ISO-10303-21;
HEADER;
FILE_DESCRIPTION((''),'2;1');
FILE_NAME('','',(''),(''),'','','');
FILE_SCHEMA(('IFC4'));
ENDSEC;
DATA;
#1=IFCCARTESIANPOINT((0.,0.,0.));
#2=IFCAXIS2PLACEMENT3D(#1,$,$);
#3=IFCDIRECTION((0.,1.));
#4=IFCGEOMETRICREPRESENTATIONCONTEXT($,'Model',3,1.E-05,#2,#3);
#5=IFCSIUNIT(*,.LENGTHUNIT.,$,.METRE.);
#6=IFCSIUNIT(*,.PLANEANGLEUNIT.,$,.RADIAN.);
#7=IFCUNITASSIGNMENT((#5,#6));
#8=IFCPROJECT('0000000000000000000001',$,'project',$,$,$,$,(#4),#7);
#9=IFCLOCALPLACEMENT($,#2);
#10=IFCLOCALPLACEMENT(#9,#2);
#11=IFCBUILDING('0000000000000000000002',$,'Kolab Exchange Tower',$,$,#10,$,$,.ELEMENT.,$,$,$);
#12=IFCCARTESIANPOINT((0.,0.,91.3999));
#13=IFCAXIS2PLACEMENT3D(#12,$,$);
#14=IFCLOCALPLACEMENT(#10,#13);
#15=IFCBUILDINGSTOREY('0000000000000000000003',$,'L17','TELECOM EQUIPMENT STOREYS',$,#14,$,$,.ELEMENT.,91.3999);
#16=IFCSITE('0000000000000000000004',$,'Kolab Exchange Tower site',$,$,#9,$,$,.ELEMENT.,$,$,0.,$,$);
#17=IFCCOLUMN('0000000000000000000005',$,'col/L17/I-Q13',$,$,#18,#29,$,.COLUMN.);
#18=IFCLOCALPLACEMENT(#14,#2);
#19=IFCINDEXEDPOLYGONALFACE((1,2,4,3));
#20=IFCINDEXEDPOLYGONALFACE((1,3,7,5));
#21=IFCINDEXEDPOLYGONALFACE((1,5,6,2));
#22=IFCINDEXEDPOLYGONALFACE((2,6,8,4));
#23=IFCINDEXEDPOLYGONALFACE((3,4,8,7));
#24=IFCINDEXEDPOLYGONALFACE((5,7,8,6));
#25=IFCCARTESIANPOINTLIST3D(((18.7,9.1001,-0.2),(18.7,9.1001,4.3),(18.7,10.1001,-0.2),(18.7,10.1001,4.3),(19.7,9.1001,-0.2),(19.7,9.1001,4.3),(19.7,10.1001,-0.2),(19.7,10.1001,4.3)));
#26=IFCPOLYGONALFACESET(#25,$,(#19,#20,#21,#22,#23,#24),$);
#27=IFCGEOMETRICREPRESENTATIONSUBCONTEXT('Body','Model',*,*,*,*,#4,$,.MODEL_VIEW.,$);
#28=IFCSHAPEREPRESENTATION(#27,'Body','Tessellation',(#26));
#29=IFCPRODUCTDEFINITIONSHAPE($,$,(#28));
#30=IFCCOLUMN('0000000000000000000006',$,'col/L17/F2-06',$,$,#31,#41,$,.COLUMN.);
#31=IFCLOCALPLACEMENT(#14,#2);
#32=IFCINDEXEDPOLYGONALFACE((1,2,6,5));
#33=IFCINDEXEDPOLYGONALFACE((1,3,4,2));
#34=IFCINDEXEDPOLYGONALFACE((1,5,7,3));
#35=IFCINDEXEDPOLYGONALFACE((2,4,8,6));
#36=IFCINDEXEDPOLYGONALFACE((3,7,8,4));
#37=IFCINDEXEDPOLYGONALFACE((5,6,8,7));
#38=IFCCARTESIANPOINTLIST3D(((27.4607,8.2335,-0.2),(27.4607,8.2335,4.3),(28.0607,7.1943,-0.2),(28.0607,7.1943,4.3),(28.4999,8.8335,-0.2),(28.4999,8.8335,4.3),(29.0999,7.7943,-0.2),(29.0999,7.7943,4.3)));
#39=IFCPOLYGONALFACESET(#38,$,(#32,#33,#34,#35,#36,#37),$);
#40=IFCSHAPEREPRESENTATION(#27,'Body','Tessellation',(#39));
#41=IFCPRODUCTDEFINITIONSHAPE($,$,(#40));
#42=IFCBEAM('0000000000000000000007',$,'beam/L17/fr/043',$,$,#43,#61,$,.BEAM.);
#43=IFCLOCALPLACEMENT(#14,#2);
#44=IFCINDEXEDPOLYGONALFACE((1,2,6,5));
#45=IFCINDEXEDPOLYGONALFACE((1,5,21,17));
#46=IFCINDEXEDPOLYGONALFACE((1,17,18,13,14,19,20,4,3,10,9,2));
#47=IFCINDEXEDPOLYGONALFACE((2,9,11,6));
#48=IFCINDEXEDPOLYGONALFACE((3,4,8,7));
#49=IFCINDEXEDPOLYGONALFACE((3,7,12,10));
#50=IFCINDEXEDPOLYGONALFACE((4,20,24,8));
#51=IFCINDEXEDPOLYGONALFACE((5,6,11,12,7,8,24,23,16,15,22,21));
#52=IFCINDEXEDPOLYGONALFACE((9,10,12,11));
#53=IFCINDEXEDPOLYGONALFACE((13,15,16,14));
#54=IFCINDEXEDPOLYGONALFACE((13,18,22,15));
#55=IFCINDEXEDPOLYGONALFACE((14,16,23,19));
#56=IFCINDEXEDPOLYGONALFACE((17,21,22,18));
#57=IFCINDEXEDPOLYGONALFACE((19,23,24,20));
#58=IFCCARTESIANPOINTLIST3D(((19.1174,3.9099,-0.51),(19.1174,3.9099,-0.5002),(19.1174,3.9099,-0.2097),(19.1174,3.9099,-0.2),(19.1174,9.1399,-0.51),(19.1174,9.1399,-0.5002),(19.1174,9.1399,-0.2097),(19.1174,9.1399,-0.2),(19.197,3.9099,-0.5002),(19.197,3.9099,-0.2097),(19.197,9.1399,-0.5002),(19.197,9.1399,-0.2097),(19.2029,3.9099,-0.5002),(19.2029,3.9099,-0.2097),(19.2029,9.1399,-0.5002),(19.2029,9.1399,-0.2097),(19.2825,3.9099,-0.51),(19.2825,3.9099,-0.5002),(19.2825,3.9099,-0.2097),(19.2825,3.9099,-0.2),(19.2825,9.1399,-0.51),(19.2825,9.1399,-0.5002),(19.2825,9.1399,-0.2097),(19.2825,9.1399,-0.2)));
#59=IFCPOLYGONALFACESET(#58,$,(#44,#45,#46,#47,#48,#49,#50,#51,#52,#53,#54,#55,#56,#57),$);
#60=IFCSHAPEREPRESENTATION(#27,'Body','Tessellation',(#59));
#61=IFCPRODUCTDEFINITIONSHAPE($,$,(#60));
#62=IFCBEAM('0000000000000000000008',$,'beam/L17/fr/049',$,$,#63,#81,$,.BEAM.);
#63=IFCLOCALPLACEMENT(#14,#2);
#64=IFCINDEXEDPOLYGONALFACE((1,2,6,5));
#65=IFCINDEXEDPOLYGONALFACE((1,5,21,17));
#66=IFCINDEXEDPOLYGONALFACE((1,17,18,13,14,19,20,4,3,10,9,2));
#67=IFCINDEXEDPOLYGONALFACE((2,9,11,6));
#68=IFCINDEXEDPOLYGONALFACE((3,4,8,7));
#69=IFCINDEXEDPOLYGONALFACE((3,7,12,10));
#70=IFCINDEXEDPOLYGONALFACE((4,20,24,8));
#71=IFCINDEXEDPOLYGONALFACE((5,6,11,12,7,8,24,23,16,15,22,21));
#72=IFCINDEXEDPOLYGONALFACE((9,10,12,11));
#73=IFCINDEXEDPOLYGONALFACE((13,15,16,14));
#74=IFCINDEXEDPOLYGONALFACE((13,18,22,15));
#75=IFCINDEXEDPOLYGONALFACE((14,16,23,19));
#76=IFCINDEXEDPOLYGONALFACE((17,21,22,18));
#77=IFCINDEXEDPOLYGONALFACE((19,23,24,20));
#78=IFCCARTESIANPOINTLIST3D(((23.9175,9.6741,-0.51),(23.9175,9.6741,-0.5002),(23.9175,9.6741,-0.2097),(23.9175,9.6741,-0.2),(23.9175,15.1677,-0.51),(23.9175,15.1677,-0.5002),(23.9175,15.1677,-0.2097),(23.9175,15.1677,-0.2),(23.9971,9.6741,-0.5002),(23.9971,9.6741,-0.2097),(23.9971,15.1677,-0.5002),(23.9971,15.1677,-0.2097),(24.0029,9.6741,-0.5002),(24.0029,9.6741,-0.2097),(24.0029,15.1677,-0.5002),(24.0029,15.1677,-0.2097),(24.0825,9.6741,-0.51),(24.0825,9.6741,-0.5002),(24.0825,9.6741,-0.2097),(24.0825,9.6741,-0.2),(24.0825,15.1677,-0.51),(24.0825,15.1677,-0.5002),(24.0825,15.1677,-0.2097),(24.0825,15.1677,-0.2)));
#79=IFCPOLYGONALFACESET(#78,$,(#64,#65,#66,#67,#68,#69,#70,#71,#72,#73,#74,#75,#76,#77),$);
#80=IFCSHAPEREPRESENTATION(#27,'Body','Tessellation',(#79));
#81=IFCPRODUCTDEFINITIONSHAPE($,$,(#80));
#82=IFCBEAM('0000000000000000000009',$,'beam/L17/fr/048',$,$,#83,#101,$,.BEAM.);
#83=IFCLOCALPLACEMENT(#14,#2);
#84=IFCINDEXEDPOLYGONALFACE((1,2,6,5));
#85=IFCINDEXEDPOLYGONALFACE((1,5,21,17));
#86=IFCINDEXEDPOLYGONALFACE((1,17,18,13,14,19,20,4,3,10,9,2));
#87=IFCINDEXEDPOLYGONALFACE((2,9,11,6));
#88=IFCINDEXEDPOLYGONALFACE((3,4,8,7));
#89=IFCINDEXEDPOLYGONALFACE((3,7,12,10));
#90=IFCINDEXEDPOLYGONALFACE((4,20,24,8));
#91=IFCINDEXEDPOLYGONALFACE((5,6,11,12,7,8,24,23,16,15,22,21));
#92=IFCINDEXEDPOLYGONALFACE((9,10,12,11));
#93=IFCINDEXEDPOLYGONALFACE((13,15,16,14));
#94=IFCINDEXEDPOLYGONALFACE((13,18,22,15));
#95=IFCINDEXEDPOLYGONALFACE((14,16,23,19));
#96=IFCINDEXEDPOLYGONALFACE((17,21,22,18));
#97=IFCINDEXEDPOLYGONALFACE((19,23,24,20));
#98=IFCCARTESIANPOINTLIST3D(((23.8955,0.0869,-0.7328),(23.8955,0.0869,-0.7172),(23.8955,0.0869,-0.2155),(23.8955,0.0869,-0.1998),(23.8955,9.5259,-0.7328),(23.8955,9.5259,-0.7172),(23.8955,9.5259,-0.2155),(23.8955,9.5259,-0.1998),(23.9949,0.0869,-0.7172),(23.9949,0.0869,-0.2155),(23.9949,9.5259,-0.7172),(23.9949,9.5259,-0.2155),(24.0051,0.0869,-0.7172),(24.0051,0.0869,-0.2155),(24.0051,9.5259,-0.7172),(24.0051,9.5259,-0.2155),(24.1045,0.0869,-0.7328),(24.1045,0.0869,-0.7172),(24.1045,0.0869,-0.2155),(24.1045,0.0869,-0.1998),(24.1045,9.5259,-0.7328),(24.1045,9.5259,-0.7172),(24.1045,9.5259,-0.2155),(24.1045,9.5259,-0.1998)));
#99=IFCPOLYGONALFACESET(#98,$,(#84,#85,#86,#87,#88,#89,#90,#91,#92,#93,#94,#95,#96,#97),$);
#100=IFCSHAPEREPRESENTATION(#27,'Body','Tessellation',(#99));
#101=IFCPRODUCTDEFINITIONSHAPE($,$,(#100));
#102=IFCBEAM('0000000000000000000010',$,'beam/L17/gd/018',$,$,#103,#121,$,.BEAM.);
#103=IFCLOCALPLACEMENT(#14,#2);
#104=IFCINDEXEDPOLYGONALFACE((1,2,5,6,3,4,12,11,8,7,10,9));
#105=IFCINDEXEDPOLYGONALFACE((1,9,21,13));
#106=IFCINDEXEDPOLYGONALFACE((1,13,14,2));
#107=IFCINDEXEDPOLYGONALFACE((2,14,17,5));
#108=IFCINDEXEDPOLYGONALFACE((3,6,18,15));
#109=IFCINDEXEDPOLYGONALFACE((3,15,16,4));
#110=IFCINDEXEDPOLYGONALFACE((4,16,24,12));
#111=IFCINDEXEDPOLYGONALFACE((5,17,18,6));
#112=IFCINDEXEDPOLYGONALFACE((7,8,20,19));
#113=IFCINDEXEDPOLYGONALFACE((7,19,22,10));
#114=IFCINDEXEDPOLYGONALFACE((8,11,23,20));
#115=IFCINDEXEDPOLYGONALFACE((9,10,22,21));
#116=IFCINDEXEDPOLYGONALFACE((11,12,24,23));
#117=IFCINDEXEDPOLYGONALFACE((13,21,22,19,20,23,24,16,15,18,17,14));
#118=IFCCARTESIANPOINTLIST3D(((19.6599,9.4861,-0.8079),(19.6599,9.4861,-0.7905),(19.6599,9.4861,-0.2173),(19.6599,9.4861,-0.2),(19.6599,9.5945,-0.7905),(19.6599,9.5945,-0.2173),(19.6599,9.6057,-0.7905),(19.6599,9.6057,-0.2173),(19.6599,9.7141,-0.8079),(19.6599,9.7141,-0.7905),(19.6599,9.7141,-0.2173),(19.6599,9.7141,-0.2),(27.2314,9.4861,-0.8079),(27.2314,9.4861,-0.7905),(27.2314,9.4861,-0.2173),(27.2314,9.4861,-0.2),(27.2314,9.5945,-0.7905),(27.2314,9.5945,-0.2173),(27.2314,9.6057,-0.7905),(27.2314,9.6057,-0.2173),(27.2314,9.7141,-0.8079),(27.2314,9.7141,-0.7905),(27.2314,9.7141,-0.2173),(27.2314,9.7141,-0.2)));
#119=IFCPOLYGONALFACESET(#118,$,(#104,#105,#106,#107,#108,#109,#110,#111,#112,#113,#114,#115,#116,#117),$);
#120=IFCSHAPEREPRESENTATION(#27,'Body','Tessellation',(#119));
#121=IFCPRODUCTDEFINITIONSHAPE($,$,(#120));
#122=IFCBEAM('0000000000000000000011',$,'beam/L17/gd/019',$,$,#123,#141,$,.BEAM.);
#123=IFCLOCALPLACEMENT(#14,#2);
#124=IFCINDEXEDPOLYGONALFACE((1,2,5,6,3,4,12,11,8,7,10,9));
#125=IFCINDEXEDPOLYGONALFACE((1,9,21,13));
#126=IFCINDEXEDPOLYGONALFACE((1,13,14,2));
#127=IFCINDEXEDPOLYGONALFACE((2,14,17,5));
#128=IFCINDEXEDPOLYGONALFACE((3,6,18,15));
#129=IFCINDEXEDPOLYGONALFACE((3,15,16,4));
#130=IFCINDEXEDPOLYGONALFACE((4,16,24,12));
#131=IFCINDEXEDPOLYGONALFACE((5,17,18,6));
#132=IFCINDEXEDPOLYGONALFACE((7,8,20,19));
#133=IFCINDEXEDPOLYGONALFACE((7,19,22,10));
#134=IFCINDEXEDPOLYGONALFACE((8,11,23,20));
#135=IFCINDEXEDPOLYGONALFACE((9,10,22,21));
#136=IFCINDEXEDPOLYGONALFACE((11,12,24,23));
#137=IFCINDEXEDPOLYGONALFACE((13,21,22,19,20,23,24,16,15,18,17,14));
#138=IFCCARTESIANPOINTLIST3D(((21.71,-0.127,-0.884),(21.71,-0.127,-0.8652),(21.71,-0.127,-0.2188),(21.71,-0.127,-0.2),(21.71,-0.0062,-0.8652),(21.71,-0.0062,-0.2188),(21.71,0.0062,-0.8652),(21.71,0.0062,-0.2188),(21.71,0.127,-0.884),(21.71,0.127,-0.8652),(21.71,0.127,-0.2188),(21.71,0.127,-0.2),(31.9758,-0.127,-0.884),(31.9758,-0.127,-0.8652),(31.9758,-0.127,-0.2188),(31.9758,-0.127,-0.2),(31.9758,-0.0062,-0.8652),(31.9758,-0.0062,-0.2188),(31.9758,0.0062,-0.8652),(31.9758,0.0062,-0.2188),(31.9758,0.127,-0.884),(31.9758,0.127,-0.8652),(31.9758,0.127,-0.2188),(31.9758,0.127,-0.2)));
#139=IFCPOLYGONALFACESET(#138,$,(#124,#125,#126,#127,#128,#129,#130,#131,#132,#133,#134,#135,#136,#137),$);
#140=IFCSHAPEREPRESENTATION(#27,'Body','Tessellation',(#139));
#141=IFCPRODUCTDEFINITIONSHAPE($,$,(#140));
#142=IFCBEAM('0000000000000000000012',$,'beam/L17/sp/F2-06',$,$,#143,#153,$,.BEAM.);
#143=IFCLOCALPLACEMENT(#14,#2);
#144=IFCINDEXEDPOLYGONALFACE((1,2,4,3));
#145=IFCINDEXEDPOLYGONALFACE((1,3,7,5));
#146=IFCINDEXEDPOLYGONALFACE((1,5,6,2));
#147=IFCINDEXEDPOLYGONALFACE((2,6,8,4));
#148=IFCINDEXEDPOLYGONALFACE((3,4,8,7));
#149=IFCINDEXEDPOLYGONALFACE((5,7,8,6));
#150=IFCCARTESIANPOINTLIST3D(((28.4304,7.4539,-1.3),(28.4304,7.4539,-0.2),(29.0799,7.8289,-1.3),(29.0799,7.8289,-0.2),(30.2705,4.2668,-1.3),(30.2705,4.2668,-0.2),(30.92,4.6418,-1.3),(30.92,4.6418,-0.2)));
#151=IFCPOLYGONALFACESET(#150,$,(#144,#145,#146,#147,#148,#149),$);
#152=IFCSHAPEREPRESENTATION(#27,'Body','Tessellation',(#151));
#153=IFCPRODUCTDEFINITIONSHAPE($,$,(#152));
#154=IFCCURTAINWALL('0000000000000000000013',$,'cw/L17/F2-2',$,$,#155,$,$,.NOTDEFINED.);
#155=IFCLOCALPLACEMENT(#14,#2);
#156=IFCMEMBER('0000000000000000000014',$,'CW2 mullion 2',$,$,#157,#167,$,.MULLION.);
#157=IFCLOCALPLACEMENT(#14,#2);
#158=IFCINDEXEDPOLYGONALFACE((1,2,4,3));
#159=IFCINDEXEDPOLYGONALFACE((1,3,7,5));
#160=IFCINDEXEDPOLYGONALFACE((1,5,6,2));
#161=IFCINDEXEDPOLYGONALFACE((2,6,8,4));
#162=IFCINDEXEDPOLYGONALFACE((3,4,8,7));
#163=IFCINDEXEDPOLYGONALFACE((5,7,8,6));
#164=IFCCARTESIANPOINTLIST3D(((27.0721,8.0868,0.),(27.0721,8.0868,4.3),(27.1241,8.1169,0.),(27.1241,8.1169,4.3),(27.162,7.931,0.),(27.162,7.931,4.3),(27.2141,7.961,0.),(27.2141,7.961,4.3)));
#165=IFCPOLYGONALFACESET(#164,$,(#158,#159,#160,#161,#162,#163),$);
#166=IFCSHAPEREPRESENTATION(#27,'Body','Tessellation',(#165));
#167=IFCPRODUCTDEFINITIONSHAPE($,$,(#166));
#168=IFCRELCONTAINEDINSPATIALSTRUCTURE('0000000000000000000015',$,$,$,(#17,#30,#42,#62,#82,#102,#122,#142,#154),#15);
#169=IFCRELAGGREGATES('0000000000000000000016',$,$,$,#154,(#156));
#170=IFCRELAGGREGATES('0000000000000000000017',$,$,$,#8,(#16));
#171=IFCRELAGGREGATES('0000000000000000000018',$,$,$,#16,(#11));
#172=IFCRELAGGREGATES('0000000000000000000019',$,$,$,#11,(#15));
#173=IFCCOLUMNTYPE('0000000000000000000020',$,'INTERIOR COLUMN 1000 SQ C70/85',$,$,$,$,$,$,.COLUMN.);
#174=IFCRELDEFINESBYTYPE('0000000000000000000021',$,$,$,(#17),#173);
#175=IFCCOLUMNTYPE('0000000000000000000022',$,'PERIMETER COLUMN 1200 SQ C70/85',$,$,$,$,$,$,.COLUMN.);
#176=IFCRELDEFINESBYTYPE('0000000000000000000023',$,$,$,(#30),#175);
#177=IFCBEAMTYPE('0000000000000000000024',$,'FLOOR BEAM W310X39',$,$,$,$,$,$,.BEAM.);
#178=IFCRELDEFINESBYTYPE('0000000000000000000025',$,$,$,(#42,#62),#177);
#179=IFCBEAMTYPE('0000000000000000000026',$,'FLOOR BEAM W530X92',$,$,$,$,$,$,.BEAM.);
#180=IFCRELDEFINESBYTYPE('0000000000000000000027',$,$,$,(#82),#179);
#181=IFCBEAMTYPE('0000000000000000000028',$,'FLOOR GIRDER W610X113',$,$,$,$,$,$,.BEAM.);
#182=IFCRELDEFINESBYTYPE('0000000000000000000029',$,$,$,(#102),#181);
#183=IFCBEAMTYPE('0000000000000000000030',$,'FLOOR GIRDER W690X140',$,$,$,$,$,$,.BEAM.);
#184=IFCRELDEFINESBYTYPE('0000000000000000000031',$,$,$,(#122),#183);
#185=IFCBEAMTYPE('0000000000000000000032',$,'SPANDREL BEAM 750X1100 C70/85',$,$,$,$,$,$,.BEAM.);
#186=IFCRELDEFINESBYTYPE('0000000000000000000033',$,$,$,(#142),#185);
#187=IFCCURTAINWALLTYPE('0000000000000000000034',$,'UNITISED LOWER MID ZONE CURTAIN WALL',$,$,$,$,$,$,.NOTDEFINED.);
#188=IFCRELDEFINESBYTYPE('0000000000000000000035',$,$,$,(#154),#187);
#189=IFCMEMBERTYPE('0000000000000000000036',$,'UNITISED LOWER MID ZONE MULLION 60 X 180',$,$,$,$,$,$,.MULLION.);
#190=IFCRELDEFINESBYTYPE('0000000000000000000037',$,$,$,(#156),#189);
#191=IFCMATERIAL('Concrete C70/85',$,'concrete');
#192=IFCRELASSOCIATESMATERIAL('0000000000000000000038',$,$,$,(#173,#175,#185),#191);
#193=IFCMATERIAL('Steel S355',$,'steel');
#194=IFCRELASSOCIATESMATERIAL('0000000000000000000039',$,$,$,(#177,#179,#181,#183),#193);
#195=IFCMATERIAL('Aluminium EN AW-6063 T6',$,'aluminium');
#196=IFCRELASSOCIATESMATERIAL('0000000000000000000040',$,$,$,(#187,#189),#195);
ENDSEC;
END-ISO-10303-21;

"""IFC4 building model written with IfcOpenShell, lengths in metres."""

from ifc_helpers import new_model, si_unit, direction, frame, origin, origin_2d, place, context, subcontext, project, spatial, rectangle, i_section, extrude, material, material_profile, profile_set, type_object, element, aggregate, save


model = new_model("IFC4")

# Units and contexts
model_context = context("Model", 3, precision=1e-05, world=origin(), true_north=direction((0.0, 1.0)))
body_context = subcontext(model_context, "Body", "Model", "MODEL_VIEW")
ifc_project = project(units=[si_unit("LENGTHUNIT", "METRE"), si_unit("PLANEANGLEUNIT", "RADIAN")], contexts=[model_context])

# Site, building, storey
site_placement = place(None, origin())
site = spatial("IfcSite", under=ifc_project, at=site_placement, Name="Kolab Exchange Tower site", CompositionType="ELEMENT", RefElevation=0.0)
building_placement = place(site_placement, origin())
building = spatial("IfcBuilding", under=site, at=building_placement, Name="Kolab Exchange Tower", CompositionType="ELEMENT")
storey_placement = place(building_placement, frame((0.0, 0.0, 91.3999)))
storey = spatial("IfcBuildingStorey", under=building, at=storey_placement, Name="L17", Description="TELECOM EQUIPMENT STOREYS", CompositionType="ELEMENT", Elevation=91.3999)

# Columns
ifc_material_1 = material(Name="Concrete C70/85", Category="concrete")
ifc_material_profile_1 = material_profile(ifc_material_1, rectangle(XDim=1.0, YDim=1.0, at=origin_2d()), Name="RC1000")
ifc_profile_set_1 = profile_set([ifc_material_profile_1], Name="Concrete C70/85")
column_type_1 = type_object("IfcColumnType", Name="INTERIOR COLUMN 1000 SQ C70/85", PredefinedType="COLUMN", material=ifc_profile_set_1)
column_1_placement = place(storey_placement, frame((19.2, 9.6001, -0.2), z_axis=(0.0, 0.0, 1.0), x_axis=(1.0, 0.0, 0.0)))
element("IfcColumn", 1, at=column_1_placement, inside=storey, type_object=column_type_1, Name="col/L17/I-Q13", PredefinedType="COLUMN", context=body_context, shape_type="SweptSolid", body=[
    extrude(rectangle(XDim=1.0, YDim=1.0, at=origin_2d()), origin(), (0.0, 0.0, 1.0), 4.5),
])
ifc_material_profile_2 = material_profile(ifc_material_1, rectangle(XDim=1.2, YDim=1.2, at=origin_2d()), Name="RC1200")
ifc_profile_set_2 = profile_set([ifc_material_profile_2], Name="Concrete C70/85")
column_type_2 = type_object("IfcColumnType", Name="PERIMETER COLUMN 1200 SQ C70/85", PredefinedType="COLUMN", material=ifc_profile_set_2)
column_2_placement = place(storey_placement, frame((28.2803, 8.0139, -0.2), z_axis=(0.0, 0.0, 1.0), x_axis=(0.866025, 0.5, 0.0)))
element("IfcColumn", 2, at=column_2_placement, inside=storey, type_object=column_type_2, Name="col/L17/F2-06", PredefinedType="COLUMN", context=body_context, shape_type="SweptSolid", body=[
    extrude(rectangle(XDim=1.2, YDim=1.2, at=origin_2d()), origin(), (0.0, 0.0, 1.0), 4.5),
])

# Beams
ifc_material_2 = material(Name="Steel S355", Category="steel")
ifc_material_profile_3 = material_profile(ifc_material_2, i_section(OverallWidth=0.165, OverallDepth=0.3101, WebThickness=0.0059, FlangeThickness=0.0098, at=origin_2d()), Name="W310X39")
ifc_profile_set_3 = profile_set([ifc_material_profile_3], Name="Steel S355")
beam_type_1 = type_object("IfcBeamType", Name="FLOOR BEAM W310X39", PredefinedType="BEAM", material=ifc_profile_set_3)
beam_1_placement = place(storey_placement, frame((19.2, 3.9099, -0.355), z_axis=(0.0, 1.0, 0.0), x_axis=(-1.0, 0.0, 0.0)))
element("IfcBeam", 3, at=beam_1_placement, inside=storey, type_object=beam_type_1, Name="beam/L17/fr/043", PredefinedType="BEAM", context=body_context, shape_type="SweptSolid", body=[
    extrude(i_section(OverallWidth=0.165, OverallDepth=0.3101, WebThickness=0.0059, FlangeThickness=0.0098, at=origin_2d()), origin(), (0.0, 0.0, 1.0), 5.23),
])
beam_2_placement = place(storey_placement, frame((24.0, 9.6741, -0.355), z_axis=(0.0, 1.0, 0.0), x_axis=(-1.0, 0.0, 0.0)))
element("IfcBeam", 4, at=beam_2_placement, inside=storey, type_object=beam_type_1, Name="beam/L17/fr/049", PredefinedType="BEAM", context=body_context, shape_type="SweptSolid", body=[
    extrude(i_section(OverallWidth=0.165, OverallDepth=0.3101, WebThickness=0.0059, FlangeThickness=0.0098, at=origin_2d()), origin(), (0.0, 0.0, 1.0), 5.4937),
])
ifc_material_profile_4 = material_profile(ifc_material_2, i_section(OverallWidth=0.209, OverallDepth=0.533, WebThickness=0.0103, FlangeThickness=0.0156, at=origin_2d()), Name="W530X92")
ifc_profile_set_4 = profile_set([ifc_material_profile_4], Name="Steel S355")
beam_type_2 = type_object("IfcBeamType", Name="FLOOR BEAM W530X92", PredefinedType="BEAM", material=ifc_profile_set_4)
beam_3_placement = place(storey_placement, frame((24.0, 0.0869, -0.4663), z_axis=(0.0, 1.0, 0.0), x_axis=(-1.0, 0.0, 0.0)))
element("IfcBeam", 5, at=beam_3_placement, inside=storey, type_object=beam_type_2, Name="beam/L17/fr/048", PredefinedType="BEAM", context=body_context, shape_type="SweptSolid", body=[
    extrude(i_section(OverallWidth=0.209, OverallDepth=0.533, WebThickness=0.0103, FlangeThickness=0.0156, at=origin_2d()), origin(), (0.0, 0.0, 1.0), 9.439),
])
ifc_material_profile_5 = material_profile(ifc_material_2, i_section(OverallWidth=0.228, OverallDepth=0.6079, WebThickness=0.0112, FlangeThickness=0.0173, at=origin_2d()), Name="W610X113")
ifc_profile_set_5 = profile_set([ifc_material_profile_5], Name="Steel S355")
beam_type_3 = type_object("IfcBeamType", Name="FLOOR GIRDER W610X113", PredefinedType="BEAM", material=ifc_profile_set_5)
beam_4_placement = place(storey_placement, frame((19.6599, 9.6001, -0.5039), z_axis=(1.0, 0.0, 0.0), x_axis=(0.0, 1.0, 0.0)))
element("IfcBeam", 6, at=beam_4_placement, inside=storey, type_object=beam_type_3, Name="beam/L17/gd/018", PredefinedType="BEAM", context=body_context, shape_type="SweptSolid", body=[
    extrude(i_section(OverallWidth=0.228, OverallDepth=0.6079, WebThickness=0.0112, FlangeThickness=0.0173, at=origin_2d()), origin(), (0.0, 0.0, 1.0), 7.5715),
])
ifc_material_profile_6 = material_profile(ifc_material_2, i_section(OverallWidth=0.2539, OverallDepth=0.6841, WebThickness=0.0125, FlangeThickness=0.0188, at=origin_2d()), Name="W690X140")
ifc_profile_set_6 = profile_set([ifc_material_profile_6], Name="Steel S355")
beam_type_4 = type_object("IfcBeamType", Name="FLOOR GIRDER W690X140", PredefinedType="BEAM", material=ifc_profile_set_6)
beam_5_placement = place(storey_placement, frame((21.71, 0.0, -0.542), z_axis=(1.0, 0.0, 0.0), x_axis=(0.0, 1.0, 0.0)))
element("IfcBeam", 7, at=beam_5_placement, inside=storey, type_object=beam_type_4, Name="beam/L17/gd/019", PredefinedType="BEAM", context=body_context, shape_type="SweptSolid", body=[
    extrude(i_section(OverallWidth=0.2539, OverallDepth=0.6841, WebThickness=0.0125, FlangeThickness=0.0188, at=origin_2d()), origin(), (0.0, 0.0, 1.0), 10.2659),
])
ifc_material_profile_7 = material_profile(ifc_material_1, rectangle(XDim=0.75, YDim=1.1001, at=origin_2d()), Name="RC750X1100")
ifc_profile_set_7 = profile_set([ifc_material_profile_7], Name="Concrete C70/85")
beam_type_5 = type_object("IfcBeamType", Name="SPANDREL BEAM 750X1100 C70/85", PredefinedType="BEAM", material=ifc_profile_set_7)
beam_6_placement = place(storey_placement, frame((28.7551, 7.6414, -0.75), z_axis=(0.500013, -0.866018, 0.0), x_axis=(0.866018, 0.500013, 0.0)))
element("IfcBeam", 8, at=beam_6_placement, inside=storey, type_object=beam_type_5, Name="beam/L17/sp/F2-06", PredefinedType="BEAM", context=body_context, shape_type="SweptSolid", body=[
    extrude(rectangle(XDim=0.75, YDim=1.1001, at=origin_2d()), origin(), (0.0, 0.0, 1.0), 3.6802),
])

# Curtain wall, member
ifc_material_3 = material(Name="Aluminium EN AW-6063 T6", Category="aluminium")
curtain_wall_type = type_object("IfcCurtainWallType", Name="UNITISED LOWER MID ZONE CURTAIN WALL", PredefinedType="NOTDEFINED", material=ifc_material_3)
curtain_wall_placement = place(storey_placement, origin())
curtain_wall = element("IfcCurtainWall", 9, at=curtain_wall_placement, inside=storey, type_object=curtain_wall_type, Name="cw/L17/F2-2", PredefinedType="NOTDEFINED")
ifc_material_profile_8 = material_profile(ifc_material_3, rectangle(XDim=0.0601, YDim=0.1799, at=origin_2d()), Name="RECT 60X180")
ifc_profile_set_8 = profile_set([ifc_material_profile_8], Name="Aluminium EN AW-6063 T6")
member_type_1 = type_object("IfcMemberType", Name="UNITISED LOWER MID ZONE MULLION 60 X 180", PredefinedType="MULLION", material=ifc_profile_set_8)
member_1_placement = place(storey_placement, frame((27.1431, 8.0239, 0.0), z_axis=(0.0, 0.0, 1.0), x_axis=(0.866025, 0.5, 0.0)))
member_1 = element("IfcMember", 10, at=member_1_placement, type_object=member_type_1, Name="CW2 mullion 2", PredefinedType="MULLION", context=body_context, shape_type="SweptSolid", body=[
    extrude(rectangle(XDim=0.0601, YDim=0.1799, at=origin_2d()), origin(), (0.0, 0.0, 1.0), 4.3),
])
aggregate(curtain_wall, [member_1])

save(model, "model.ifc")
